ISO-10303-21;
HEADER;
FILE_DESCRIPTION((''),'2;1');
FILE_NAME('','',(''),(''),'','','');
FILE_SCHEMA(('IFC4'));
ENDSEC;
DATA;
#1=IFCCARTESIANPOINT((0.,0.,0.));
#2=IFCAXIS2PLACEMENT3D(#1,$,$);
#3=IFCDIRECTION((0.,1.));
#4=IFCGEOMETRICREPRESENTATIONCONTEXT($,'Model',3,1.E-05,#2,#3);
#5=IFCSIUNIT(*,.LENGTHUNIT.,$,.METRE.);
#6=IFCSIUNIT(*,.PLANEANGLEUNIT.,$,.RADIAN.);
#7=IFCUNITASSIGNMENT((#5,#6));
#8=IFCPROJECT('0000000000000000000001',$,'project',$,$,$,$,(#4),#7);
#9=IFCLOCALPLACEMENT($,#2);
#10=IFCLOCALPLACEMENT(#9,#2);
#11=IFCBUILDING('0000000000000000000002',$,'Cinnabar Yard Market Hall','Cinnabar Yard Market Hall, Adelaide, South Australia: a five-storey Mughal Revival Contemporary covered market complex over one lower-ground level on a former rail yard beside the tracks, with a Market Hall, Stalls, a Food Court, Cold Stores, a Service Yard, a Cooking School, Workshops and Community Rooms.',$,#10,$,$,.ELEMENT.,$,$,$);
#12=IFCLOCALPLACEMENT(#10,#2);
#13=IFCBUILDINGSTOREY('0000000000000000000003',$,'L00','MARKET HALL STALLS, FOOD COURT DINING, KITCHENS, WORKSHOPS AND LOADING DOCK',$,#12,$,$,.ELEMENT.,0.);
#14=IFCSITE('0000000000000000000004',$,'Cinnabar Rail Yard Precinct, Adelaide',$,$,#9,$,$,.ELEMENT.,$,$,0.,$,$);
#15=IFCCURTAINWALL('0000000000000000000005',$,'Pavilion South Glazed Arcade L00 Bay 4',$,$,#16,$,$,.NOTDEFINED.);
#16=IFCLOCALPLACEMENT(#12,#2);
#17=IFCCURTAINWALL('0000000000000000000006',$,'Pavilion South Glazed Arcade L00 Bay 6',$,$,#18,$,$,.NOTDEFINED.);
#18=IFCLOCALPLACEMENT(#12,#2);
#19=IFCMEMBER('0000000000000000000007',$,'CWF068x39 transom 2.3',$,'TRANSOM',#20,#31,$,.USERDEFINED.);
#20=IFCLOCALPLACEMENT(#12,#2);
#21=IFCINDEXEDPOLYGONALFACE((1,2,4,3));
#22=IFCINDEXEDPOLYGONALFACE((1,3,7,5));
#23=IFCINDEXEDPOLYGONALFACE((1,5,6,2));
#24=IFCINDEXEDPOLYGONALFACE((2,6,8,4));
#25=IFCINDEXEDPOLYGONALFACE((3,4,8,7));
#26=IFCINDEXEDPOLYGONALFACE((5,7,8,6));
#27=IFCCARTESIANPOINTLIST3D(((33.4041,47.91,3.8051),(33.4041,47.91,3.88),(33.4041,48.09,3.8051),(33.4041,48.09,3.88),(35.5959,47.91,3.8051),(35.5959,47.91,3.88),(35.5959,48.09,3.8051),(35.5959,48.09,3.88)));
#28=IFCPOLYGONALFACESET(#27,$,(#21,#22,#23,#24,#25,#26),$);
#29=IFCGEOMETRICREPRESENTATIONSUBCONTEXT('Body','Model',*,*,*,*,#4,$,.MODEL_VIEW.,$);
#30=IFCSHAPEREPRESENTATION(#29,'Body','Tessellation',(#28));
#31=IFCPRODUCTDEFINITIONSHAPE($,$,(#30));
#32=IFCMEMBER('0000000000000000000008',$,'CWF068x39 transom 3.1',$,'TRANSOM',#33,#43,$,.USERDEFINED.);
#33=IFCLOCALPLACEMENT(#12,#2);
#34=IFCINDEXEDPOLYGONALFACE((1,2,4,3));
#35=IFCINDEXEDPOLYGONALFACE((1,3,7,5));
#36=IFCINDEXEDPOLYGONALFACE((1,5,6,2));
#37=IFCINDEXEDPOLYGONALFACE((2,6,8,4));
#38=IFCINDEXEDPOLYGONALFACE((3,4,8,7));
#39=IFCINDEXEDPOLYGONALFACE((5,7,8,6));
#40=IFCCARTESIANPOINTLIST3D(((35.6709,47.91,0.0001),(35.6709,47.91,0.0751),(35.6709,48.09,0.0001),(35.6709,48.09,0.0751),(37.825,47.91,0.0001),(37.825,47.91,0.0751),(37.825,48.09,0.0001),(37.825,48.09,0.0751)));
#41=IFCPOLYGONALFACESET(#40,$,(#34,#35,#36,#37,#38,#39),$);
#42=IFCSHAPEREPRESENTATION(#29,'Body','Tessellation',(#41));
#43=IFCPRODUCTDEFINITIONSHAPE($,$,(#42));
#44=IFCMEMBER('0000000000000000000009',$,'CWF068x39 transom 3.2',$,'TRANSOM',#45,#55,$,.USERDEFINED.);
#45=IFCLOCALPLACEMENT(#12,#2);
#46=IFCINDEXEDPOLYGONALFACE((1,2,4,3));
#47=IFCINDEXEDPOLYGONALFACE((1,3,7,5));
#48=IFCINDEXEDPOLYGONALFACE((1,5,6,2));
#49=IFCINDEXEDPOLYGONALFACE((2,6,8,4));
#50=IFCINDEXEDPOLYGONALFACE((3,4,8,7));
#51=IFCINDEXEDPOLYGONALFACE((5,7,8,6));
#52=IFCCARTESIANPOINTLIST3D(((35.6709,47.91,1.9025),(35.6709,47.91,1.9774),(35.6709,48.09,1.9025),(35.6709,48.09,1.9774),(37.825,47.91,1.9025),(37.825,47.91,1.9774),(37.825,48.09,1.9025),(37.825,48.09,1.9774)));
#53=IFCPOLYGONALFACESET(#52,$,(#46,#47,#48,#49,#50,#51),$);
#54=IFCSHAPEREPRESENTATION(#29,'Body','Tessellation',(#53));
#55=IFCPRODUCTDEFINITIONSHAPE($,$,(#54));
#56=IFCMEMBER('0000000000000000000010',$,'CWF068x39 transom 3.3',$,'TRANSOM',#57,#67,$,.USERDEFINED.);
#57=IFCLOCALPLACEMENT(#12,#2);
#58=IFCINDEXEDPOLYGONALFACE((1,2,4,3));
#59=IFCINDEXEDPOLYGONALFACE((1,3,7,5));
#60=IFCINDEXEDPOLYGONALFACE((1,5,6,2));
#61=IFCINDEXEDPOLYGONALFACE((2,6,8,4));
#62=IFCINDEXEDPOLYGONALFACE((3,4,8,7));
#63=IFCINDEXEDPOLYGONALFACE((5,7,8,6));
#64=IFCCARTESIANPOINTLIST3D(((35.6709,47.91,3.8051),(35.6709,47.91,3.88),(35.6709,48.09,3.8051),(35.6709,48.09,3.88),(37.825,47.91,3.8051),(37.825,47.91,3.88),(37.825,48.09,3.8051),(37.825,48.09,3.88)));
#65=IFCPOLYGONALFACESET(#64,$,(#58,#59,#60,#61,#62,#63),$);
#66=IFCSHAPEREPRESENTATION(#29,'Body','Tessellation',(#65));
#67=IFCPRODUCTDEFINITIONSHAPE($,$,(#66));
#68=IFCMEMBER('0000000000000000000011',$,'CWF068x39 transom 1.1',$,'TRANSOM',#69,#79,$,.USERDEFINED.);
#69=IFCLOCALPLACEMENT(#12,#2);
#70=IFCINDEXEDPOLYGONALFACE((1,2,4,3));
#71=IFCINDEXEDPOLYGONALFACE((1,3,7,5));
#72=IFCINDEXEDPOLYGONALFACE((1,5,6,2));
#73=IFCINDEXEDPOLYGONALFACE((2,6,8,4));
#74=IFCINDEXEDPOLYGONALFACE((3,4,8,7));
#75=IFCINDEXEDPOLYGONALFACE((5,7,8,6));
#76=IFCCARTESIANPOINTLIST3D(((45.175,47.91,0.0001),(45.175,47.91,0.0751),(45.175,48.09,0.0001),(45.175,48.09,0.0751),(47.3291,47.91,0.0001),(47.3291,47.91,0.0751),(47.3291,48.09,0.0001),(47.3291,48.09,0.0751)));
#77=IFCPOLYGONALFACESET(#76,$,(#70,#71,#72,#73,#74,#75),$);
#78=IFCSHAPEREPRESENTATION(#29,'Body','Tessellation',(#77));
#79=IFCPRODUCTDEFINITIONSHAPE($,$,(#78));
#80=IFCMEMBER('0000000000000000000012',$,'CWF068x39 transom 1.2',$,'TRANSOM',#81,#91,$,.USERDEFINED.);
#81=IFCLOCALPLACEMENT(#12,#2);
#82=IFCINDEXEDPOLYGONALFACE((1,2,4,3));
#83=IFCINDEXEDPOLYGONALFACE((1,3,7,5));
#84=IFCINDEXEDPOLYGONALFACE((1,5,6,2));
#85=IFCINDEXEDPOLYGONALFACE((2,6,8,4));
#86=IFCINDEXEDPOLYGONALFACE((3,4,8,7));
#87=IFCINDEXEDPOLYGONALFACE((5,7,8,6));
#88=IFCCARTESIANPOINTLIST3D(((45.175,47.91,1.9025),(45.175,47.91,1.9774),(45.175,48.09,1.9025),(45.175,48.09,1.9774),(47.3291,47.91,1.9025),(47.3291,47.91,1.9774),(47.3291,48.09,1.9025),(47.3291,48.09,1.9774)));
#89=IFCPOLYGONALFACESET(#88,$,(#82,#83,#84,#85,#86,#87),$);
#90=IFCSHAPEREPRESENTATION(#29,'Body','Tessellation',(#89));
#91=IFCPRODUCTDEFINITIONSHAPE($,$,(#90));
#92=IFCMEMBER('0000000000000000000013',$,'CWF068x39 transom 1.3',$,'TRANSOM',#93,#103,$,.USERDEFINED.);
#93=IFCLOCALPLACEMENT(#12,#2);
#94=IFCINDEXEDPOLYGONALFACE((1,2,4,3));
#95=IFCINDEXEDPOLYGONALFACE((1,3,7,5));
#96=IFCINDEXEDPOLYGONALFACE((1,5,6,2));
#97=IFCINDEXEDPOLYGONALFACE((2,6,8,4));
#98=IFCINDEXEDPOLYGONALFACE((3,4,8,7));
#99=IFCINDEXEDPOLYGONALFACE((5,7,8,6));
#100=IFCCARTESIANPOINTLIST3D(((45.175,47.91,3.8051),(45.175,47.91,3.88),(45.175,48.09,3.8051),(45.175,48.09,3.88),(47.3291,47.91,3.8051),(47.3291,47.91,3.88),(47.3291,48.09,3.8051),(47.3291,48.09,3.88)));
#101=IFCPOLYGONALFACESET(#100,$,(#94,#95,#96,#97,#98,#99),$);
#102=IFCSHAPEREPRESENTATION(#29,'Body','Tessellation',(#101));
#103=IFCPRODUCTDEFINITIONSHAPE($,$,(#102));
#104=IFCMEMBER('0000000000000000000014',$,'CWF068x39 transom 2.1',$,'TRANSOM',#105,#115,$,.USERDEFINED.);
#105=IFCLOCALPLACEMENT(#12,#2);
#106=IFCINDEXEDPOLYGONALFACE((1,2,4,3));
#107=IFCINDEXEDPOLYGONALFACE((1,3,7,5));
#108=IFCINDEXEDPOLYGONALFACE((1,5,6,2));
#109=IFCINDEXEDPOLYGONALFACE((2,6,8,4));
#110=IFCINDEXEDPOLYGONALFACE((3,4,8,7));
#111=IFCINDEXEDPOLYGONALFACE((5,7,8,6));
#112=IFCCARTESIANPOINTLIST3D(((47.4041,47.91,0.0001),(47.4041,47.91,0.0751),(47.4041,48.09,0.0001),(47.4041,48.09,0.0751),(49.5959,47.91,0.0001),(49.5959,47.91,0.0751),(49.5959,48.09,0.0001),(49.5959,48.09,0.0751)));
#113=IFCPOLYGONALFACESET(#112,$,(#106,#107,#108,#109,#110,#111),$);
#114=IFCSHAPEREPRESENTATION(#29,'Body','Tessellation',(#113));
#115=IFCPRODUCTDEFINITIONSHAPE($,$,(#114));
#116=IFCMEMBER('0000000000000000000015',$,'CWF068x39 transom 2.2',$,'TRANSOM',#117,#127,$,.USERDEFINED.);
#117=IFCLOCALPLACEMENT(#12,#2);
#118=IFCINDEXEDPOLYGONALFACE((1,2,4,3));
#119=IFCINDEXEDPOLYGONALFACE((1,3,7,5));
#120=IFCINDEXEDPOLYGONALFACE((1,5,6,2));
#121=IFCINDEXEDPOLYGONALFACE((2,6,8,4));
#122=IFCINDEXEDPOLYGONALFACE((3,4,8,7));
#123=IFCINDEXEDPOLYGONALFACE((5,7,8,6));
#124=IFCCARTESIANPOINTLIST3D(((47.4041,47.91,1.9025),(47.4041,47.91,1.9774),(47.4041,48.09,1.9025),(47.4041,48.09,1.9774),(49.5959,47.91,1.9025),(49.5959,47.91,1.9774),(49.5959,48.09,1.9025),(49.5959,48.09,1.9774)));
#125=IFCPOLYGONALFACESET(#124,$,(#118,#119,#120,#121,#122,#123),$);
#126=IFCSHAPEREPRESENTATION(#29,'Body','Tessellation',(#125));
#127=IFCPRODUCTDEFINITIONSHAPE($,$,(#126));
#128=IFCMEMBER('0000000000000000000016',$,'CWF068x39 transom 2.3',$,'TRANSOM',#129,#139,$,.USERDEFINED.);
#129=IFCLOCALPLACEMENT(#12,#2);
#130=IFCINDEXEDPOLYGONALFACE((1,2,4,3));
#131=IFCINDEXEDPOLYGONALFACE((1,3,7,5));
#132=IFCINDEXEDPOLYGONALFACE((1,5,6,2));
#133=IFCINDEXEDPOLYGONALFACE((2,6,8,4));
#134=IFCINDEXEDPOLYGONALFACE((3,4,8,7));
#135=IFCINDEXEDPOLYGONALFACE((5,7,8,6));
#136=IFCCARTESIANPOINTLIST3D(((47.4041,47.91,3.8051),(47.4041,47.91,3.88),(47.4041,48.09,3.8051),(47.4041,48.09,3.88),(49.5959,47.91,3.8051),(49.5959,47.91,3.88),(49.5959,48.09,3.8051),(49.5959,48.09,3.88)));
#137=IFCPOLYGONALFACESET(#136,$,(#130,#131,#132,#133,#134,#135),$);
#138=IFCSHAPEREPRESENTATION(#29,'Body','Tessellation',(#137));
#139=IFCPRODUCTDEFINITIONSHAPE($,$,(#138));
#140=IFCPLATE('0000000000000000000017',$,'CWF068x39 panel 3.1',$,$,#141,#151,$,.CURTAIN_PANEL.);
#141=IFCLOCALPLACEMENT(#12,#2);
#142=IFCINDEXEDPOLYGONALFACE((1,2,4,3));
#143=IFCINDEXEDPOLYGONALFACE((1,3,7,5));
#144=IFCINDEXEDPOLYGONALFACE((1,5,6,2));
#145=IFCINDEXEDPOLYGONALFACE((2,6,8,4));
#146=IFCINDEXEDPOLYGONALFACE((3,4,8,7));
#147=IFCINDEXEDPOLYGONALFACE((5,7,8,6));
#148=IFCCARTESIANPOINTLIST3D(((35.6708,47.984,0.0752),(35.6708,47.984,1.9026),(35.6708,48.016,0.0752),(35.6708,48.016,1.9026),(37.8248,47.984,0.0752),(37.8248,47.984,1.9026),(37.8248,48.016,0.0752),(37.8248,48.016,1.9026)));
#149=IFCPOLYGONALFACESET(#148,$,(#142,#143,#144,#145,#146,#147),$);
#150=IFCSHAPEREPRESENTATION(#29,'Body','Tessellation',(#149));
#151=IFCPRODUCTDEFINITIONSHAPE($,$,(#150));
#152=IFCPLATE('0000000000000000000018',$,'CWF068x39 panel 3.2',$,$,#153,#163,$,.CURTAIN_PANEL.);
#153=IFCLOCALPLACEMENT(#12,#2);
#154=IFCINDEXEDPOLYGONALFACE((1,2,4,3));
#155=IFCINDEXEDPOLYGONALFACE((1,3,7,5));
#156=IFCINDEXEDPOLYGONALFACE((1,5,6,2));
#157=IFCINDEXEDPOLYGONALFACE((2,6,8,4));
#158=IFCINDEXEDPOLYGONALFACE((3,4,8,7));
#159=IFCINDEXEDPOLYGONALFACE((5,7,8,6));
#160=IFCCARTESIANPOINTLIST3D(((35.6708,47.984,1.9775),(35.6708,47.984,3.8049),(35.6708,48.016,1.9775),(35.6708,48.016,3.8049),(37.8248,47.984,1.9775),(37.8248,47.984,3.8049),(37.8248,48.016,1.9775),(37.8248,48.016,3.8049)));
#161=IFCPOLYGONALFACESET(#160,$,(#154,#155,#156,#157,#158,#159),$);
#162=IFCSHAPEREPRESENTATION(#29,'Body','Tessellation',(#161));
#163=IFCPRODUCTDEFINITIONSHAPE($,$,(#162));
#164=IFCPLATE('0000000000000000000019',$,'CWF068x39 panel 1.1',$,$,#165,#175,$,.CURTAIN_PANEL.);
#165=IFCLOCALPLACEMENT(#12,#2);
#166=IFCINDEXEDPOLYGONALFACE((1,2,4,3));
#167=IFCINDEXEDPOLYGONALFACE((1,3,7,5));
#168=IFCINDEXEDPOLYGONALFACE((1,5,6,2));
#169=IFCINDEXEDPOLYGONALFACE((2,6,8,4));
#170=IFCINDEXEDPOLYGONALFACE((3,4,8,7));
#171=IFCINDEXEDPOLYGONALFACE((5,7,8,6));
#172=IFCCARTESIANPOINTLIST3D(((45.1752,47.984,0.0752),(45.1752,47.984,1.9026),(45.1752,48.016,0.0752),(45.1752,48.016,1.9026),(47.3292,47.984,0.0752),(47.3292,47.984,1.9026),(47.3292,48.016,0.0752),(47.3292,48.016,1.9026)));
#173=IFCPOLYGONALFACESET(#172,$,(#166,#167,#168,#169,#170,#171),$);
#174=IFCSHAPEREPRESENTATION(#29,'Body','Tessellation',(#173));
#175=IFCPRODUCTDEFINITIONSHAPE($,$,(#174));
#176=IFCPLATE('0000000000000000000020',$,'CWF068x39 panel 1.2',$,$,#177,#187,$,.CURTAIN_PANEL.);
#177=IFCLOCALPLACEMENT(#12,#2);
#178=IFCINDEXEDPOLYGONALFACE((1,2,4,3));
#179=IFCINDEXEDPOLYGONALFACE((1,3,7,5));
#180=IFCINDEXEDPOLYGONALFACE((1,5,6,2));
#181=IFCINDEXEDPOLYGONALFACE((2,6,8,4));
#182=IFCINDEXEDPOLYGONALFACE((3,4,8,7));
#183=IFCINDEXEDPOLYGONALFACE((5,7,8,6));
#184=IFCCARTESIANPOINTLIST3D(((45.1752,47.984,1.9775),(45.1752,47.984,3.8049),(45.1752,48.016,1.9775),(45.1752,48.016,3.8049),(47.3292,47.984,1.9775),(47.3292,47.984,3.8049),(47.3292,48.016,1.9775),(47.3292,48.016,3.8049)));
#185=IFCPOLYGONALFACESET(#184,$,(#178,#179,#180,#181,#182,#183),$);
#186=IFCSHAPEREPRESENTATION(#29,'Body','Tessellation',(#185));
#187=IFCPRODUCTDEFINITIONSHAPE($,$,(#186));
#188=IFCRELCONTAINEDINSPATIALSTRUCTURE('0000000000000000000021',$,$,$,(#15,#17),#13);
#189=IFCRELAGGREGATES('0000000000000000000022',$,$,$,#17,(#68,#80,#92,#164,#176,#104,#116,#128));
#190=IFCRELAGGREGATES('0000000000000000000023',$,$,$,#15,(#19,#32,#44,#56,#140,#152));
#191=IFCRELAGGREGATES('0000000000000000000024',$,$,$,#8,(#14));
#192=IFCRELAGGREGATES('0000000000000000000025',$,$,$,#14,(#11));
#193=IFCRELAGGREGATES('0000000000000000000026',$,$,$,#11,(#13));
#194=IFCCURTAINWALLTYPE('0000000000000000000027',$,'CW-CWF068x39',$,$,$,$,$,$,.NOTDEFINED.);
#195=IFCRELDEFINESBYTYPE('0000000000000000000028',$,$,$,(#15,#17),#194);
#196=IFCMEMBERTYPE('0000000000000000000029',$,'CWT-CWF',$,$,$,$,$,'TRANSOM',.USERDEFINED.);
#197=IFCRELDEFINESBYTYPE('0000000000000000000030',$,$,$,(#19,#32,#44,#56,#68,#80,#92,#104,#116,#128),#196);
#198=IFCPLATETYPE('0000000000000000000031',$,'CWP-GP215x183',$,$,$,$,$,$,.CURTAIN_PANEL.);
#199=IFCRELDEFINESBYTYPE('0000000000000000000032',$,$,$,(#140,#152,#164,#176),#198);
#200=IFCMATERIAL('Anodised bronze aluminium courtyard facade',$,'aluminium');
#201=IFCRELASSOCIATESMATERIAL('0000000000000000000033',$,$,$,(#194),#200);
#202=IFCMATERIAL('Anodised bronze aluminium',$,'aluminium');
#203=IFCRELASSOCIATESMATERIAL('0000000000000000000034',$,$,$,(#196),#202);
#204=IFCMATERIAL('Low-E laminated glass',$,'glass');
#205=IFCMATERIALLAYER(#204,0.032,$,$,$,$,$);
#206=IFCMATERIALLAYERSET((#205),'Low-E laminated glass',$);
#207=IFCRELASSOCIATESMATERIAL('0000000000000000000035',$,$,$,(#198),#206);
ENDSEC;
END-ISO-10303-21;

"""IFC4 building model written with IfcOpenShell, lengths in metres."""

from ifc_helpers import new_model, si_unit, direction, frame, origin, origin_2d_with_axis, place, context, subcontext, project, spatial, rectangle, extrude, material, layer, layer_set, material_profile, profile_set, type_object, element, aggregate, save


model = new_model("IFC4")

# Units and contexts
model_context = context("Model", 3, precision=1e-05, world=origin(), true_north=direction((0.0, 1.0)))
body_context = subcontext(model_context, "Body", "Model", "MODEL_VIEW")
ifc_project = project(units=[si_unit("LENGTHUNIT", "METRE"), si_unit("PLANEANGLEUNIT", "RADIAN")], contexts=[model_context])

# Site, building, storey
site_placement = place(None, origin())
site = spatial("IfcSite", under=ifc_project, at=site_placement, Name="Cinnabar Rail Yard Precinct, Adelaide", CompositionType="ELEMENT", RefElevation=0.0)
building_placement = place(site_placement, origin())
building = spatial("IfcBuilding", under=site, at=building_placement, Name="Cinnabar Yard Market Hall", Description="Cinnabar Yard Market Hall, Adelaide, South Australia: a five-storey Mughal Revival Contemporary covered market complex over one lower-ground level on a former rail yard beside the tracks, with a Market Hall, Stalls, a Food Court, Cold Stores, a Service Yard, a Cooking School, Workshops and Community Rooms.", CompositionType="ELEMENT")
storey_placement = place(building_placement, origin())
storey = spatial("IfcBuildingStorey", under=building, at=storey_placement, Name="L00", Description="MARKET HALL STALLS, FOOD COURT DINING, KITCHENS, WORKSHOPS AND LOADING DOCK", CompositionType="ELEMENT", Elevation=0.0)

# Curtain walls
ifc_material_1 = material(Name="Anodised bronze aluminium courtyard facade", Category="aluminium")
curtain_wall_type = type_object("IfcCurtainWallType", Name="CW-CWF068x39", PredefinedType="NOTDEFINED", material=ifc_material_1)
curtain_wall_1_placement = place(storey_placement, origin())
curtain_wall_1 = element("IfcCurtainWall", 1, at=curtain_wall_1_placement, inside=storey, type_object=curtain_wall_type, Name="Pavilion South Glazed Arcade L00 Bay 4", PredefinedType="NOTDEFINED")
ifc_material_2 = material(Name="Anodised bronze aluminium", Category="aluminium")
curtain_wall_2_placement = place(storey_placement, origin())
curtain_wall_2 = element("IfcCurtainWall", 2, at=curtain_wall_2_placement, inside=storey, type_object=curtain_wall_type, Name="Pavilion South Glazed Arcade L00 Bay 6", PredefinedType="NOTDEFINED")

# Members
ifc_material_profile_1 = material_profile(ifc_material_2, rectangle(XDim=0.1799, YDim=0.075, at=origin_2d_with_axis()), Name="TRN-CWF")
ifc_profile_set_1 = profile_set([ifc_material_profile_1], Name="Anodised bronze aluminium")
member_type_1 = type_object("IfcMemberType", Name="CWT-CWF", ElementType="TRANSOM", PredefinedType="USERDEFINED", material=ifc_profile_set_1)
member_1_placement = place(storey_placement, frame((33.4041, 48.0, 3.8425), z_axis=(1.0, 0.0, 0.0), x_axis=(0.0, 1.0, 0.0)))
member_1 = element("IfcMember", 3, at=member_1_placement, type_object=member_type_1, Name="CWF068x39 transom 2.3", ObjectType="TRANSOM", PredefinedType="USERDEFINED", context=body_context, shape_type="SweptSolid", body=[
    extrude(rectangle(XDim=0.1799, YDim=0.075, at=origin_2d_with_axis()), origin(), (0.0, 0.0, 1.0), 2.1919),
])
member_2_placement = place(storey_placement, frame((35.6709, 48.0, 0.0376), z_axis=(1.0, 0.0, 0.0), x_axis=(0.0, 1.0, 0.0)))
member_2 = element("IfcMember", 4, at=member_2_placement, type_object=member_type_1, Name="CWF068x39 transom 3.1", ObjectType="TRANSOM", PredefinedType="USERDEFINED", context=body_context, shape_type="SweptSolid", body=[
    extrude(rectangle(XDim=0.1799, YDim=0.075, at=origin_2d_with_axis()), origin(), (0.0, 0.0, 1.0), 2.1541),
])
member_3_placement = place(storey_placement, frame((35.6709, 48.0, 1.9399), z_axis=(1.0, 0.0, 0.0), x_axis=(0.0, 1.0, 0.0)))
member_3 = element("IfcMember", 5, at=member_3_placement, type_object=member_type_1, Name="CWF068x39 transom 3.2", ObjectType="TRANSOM", PredefinedType="USERDEFINED", context=body_context, shape_type="SweptSolid", body=[
    extrude(rectangle(XDim=0.1799, YDim=0.075, at=origin_2d_with_axis()), origin(), (0.0, 0.0, 1.0), 2.1541),
])
member_4_placement = place(storey_placement, frame((35.6709, 48.0, 3.8425), z_axis=(1.0, 0.0, 0.0), x_axis=(0.0, 1.0, 0.0)))
member_4 = element("IfcMember", 6, at=member_4_placement, type_object=member_type_1, Name="CWF068x39 transom 3.3", ObjectType="TRANSOM", PredefinedType="USERDEFINED", context=body_context, shape_type="SweptSolid", body=[
    extrude(rectangle(XDim=0.1799, YDim=0.075, at=origin_2d_with_axis()), origin(), (0.0, 0.0, 1.0), 2.1541),
])
member_5_placement = place(storey_placement, frame((45.175, 48.0, 0.0376), z_axis=(1.0, 0.0, 0.0), x_axis=(0.0, 1.0, 0.0)))
member_5 = element("IfcMember", 7, at=member_5_placement, type_object=member_type_1, Name="CWF068x39 transom 1.1", ObjectType="TRANSOM", PredefinedType="USERDEFINED", context=body_context, shape_type="SweptSolid", body=[
    extrude(rectangle(XDim=0.1799, YDim=0.075, at=origin_2d_with_axis()), origin(), (0.0, 0.0, 1.0), 2.1541),
])
member_6_placement = place(storey_placement, frame((45.175, 48.0, 1.9399), z_axis=(1.0, 0.0, 0.0), x_axis=(0.0, 1.0, 0.0)))
member_6 = element("IfcMember", 8, at=member_6_placement, type_object=member_type_1, Name="CWF068x39 transom 1.2", ObjectType="TRANSOM", PredefinedType="USERDEFINED", context=body_context, shape_type="SweptSolid", body=[
    extrude(rectangle(XDim=0.1799, YDim=0.075, at=origin_2d_with_axis()), origin(), (0.0, 0.0, 1.0), 2.1541),
])
member_7_placement = place(storey_placement, frame((45.175, 48.0, 3.8425), z_axis=(1.0, 0.0, 0.0), x_axis=(0.0, 1.0, 0.0)))
member_7 = element("IfcMember", 9, at=member_7_placement, type_object=member_type_1, Name="CWF068x39 transom 1.3", ObjectType="TRANSOM", PredefinedType="USERDEFINED", context=body_context, shape_type="SweptSolid", body=[
    extrude(rectangle(XDim=0.1799, YDim=0.075, at=origin_2d_with_axis()), origin(), (0.0, 0.0, 1.0), 2.1541),
])
member_8_placement = place(storey_placement, frame((47.4041, 48.0, 0.0376), z_axis=(1.0, 0.0, 0.0), x_axis=(0.0, 1.0, 0.0)))
member_8 = element("IfcMember", 10, at=member_8_placement, type_object=member_type_1, Name="CWF068x39 transom 2.1", ObjectType="TRANSOM", PredefinedType="USERDEFINED", context=body_context, shape_type="SweptSolid", body=[
    extrude(rectangle(XDim=0.1799, YDim=0.075, at=origin_2d_with_axis()), origin(), (0.0, 0.0, 1.0), 2.1919),
])
member_9_placement = place(storey_placement, frame((47.4041, 48.0, 1.9399), z_axis=(1.0, 0.0, 0.0), x_axis=(0.0, 1.0, 0.0)))
member_9 = element("IfcMember", 11, at=member_9_placement, type_object=member_type_1, Name="CWF068x39 transom 2.2", ObjectType="TRANSOM", PredefinedType="USERDEFINED", context=body_context, shape_type="SweptSolid", body=[
    extrude(rectangle(XDim=0.1799, YDim=0.075, at=origin_2d_with_axis()), origin(), (0.0, 0.0, 1.0), 2.1919),
])
member_10_placement = place(storey_placement, frame((47.4041, 48.0, 3.8425), z_axis=(1.0, 0.0, 0.0), x_axis=(0.0, 1.0, 0.0)))
member_10 = element("IfcMember", 12, at=member_10_placement, type_object=member_type_1, Name="CWF068x39 transom 2.3", ObjectType="TRANSOM", PredefinedType="USERDEFINED", context=body_context, shape_type="SweptSolid", body=[
    extrude(rectangle(XDim=0.1799, YDim=0.075, at=origin_2d_with_axis()), origin(), (0.0, 0.0, 1.0), 2.1919),
])

# Plates
ifc_material_3 = material(Name="Low-E laminated glass", Category="glass")
ifc_layer_1 = layer(ifc_material_3, 0.032)
ifc_layer_set_1 = layer_set([ifc_layer_1], Name="Low-E laminated glass")
plate_type_1 = type_object("IfcPlateType", Name="CWP-GP215x183", PredefinedType="CURTAIN_PANEL", material=ifc_layer_set_1)
plate_1_placement = place(storey_placement, frame((36.7478, 48.0, 0.0752), z_axis=(0.0, 0.0, 1.0), x_axis=(1.0, 0.0, 0.0)))
plate_1 = element("IfcPlate", 13, at=plate_1_placement, type_object=plate_type_1, Name="CWF068x39 panel 3.1", PredefinedType="CURTAIN_PANEL", context=body_context, shape_type="SweptSolid", body=[
    extrude(rectangle(XDim=2.1541, YDim=0.032, at=origin_2d_with_axis()), origin(), (0.0, 0.0, 1.0), 1.8274),
])
plate_2_placement = place(storey_placement, frame((36.7478, 48.0, 1.9775), z_axis=(0.0, 0.0, 1.0), x_axis=(1.0, 0.0, 0.0)))
plate_2 = element("IfcPlate", 14, at=plate_2_placement, type_object=plate_type_1, Name="CWF068x39 panel 3.2", PredefinedType="CURTAIN_PANEL", context=body_context, shape_type="SweptSolid", body=[
    extrude(rectangle(XDim=2.1541, YDim=0.032, at=origin_2d_with_axis()), origin(), (0.0, 0.0, 1.0), 1.8274),
])
plate_3_placement = place(storey_placement, frame((46.2522, 48.0, 0.0752), z_axis=(0.0, 0.0, 1.0), x_axis=(1.0, 0.0, 0.0)))
plate_3 = element("IfcPlate", 15, at=plate_3_placement, type_object=plate_type_1, Name="CWF068x39 panel 1.1", PredefinedType="CURTAIN_PANEL", context=body_context, shape_type="SweptSolid", body=[
    extrude(rectangle(XDim=2.1541, YDim=0.032, at=origin_2d_with_axis()), origin(), (0.0, 0.0, 1.0), 1.8274),
])
plate_4_placement = place(storey_placement, frame((46.2522, 48.0, 1.9775), z_axis=(0.0, 0.0, 1.0), x_axis=(1.0, 0.0, 0.0)))
plate_4 = element("IfcPlate", 16, at=plate_4_placement, type_object=plate_type_1, Name="CWF068x39 panel 1.2", PredefinedType="CURTAIN_PANEL", context=body_context, shape_type="SweptSolid", body=[
    extrude(rectangle(XDim=2.1541, YDim=0.032, at=origin_2d_with_axis()), origin(), (0.0, 0.0, 1.0), 1.8274),
])
aggregate(curtain_wall_2, [member_5, member_6, member_7, plate_3, plate_4, member_8, member_9, member_10])
aggregate(curtain_wall_1, [member_1, member_2, member_3, member_4, plate_1, plate_2])

save(model, "model.ifc")
